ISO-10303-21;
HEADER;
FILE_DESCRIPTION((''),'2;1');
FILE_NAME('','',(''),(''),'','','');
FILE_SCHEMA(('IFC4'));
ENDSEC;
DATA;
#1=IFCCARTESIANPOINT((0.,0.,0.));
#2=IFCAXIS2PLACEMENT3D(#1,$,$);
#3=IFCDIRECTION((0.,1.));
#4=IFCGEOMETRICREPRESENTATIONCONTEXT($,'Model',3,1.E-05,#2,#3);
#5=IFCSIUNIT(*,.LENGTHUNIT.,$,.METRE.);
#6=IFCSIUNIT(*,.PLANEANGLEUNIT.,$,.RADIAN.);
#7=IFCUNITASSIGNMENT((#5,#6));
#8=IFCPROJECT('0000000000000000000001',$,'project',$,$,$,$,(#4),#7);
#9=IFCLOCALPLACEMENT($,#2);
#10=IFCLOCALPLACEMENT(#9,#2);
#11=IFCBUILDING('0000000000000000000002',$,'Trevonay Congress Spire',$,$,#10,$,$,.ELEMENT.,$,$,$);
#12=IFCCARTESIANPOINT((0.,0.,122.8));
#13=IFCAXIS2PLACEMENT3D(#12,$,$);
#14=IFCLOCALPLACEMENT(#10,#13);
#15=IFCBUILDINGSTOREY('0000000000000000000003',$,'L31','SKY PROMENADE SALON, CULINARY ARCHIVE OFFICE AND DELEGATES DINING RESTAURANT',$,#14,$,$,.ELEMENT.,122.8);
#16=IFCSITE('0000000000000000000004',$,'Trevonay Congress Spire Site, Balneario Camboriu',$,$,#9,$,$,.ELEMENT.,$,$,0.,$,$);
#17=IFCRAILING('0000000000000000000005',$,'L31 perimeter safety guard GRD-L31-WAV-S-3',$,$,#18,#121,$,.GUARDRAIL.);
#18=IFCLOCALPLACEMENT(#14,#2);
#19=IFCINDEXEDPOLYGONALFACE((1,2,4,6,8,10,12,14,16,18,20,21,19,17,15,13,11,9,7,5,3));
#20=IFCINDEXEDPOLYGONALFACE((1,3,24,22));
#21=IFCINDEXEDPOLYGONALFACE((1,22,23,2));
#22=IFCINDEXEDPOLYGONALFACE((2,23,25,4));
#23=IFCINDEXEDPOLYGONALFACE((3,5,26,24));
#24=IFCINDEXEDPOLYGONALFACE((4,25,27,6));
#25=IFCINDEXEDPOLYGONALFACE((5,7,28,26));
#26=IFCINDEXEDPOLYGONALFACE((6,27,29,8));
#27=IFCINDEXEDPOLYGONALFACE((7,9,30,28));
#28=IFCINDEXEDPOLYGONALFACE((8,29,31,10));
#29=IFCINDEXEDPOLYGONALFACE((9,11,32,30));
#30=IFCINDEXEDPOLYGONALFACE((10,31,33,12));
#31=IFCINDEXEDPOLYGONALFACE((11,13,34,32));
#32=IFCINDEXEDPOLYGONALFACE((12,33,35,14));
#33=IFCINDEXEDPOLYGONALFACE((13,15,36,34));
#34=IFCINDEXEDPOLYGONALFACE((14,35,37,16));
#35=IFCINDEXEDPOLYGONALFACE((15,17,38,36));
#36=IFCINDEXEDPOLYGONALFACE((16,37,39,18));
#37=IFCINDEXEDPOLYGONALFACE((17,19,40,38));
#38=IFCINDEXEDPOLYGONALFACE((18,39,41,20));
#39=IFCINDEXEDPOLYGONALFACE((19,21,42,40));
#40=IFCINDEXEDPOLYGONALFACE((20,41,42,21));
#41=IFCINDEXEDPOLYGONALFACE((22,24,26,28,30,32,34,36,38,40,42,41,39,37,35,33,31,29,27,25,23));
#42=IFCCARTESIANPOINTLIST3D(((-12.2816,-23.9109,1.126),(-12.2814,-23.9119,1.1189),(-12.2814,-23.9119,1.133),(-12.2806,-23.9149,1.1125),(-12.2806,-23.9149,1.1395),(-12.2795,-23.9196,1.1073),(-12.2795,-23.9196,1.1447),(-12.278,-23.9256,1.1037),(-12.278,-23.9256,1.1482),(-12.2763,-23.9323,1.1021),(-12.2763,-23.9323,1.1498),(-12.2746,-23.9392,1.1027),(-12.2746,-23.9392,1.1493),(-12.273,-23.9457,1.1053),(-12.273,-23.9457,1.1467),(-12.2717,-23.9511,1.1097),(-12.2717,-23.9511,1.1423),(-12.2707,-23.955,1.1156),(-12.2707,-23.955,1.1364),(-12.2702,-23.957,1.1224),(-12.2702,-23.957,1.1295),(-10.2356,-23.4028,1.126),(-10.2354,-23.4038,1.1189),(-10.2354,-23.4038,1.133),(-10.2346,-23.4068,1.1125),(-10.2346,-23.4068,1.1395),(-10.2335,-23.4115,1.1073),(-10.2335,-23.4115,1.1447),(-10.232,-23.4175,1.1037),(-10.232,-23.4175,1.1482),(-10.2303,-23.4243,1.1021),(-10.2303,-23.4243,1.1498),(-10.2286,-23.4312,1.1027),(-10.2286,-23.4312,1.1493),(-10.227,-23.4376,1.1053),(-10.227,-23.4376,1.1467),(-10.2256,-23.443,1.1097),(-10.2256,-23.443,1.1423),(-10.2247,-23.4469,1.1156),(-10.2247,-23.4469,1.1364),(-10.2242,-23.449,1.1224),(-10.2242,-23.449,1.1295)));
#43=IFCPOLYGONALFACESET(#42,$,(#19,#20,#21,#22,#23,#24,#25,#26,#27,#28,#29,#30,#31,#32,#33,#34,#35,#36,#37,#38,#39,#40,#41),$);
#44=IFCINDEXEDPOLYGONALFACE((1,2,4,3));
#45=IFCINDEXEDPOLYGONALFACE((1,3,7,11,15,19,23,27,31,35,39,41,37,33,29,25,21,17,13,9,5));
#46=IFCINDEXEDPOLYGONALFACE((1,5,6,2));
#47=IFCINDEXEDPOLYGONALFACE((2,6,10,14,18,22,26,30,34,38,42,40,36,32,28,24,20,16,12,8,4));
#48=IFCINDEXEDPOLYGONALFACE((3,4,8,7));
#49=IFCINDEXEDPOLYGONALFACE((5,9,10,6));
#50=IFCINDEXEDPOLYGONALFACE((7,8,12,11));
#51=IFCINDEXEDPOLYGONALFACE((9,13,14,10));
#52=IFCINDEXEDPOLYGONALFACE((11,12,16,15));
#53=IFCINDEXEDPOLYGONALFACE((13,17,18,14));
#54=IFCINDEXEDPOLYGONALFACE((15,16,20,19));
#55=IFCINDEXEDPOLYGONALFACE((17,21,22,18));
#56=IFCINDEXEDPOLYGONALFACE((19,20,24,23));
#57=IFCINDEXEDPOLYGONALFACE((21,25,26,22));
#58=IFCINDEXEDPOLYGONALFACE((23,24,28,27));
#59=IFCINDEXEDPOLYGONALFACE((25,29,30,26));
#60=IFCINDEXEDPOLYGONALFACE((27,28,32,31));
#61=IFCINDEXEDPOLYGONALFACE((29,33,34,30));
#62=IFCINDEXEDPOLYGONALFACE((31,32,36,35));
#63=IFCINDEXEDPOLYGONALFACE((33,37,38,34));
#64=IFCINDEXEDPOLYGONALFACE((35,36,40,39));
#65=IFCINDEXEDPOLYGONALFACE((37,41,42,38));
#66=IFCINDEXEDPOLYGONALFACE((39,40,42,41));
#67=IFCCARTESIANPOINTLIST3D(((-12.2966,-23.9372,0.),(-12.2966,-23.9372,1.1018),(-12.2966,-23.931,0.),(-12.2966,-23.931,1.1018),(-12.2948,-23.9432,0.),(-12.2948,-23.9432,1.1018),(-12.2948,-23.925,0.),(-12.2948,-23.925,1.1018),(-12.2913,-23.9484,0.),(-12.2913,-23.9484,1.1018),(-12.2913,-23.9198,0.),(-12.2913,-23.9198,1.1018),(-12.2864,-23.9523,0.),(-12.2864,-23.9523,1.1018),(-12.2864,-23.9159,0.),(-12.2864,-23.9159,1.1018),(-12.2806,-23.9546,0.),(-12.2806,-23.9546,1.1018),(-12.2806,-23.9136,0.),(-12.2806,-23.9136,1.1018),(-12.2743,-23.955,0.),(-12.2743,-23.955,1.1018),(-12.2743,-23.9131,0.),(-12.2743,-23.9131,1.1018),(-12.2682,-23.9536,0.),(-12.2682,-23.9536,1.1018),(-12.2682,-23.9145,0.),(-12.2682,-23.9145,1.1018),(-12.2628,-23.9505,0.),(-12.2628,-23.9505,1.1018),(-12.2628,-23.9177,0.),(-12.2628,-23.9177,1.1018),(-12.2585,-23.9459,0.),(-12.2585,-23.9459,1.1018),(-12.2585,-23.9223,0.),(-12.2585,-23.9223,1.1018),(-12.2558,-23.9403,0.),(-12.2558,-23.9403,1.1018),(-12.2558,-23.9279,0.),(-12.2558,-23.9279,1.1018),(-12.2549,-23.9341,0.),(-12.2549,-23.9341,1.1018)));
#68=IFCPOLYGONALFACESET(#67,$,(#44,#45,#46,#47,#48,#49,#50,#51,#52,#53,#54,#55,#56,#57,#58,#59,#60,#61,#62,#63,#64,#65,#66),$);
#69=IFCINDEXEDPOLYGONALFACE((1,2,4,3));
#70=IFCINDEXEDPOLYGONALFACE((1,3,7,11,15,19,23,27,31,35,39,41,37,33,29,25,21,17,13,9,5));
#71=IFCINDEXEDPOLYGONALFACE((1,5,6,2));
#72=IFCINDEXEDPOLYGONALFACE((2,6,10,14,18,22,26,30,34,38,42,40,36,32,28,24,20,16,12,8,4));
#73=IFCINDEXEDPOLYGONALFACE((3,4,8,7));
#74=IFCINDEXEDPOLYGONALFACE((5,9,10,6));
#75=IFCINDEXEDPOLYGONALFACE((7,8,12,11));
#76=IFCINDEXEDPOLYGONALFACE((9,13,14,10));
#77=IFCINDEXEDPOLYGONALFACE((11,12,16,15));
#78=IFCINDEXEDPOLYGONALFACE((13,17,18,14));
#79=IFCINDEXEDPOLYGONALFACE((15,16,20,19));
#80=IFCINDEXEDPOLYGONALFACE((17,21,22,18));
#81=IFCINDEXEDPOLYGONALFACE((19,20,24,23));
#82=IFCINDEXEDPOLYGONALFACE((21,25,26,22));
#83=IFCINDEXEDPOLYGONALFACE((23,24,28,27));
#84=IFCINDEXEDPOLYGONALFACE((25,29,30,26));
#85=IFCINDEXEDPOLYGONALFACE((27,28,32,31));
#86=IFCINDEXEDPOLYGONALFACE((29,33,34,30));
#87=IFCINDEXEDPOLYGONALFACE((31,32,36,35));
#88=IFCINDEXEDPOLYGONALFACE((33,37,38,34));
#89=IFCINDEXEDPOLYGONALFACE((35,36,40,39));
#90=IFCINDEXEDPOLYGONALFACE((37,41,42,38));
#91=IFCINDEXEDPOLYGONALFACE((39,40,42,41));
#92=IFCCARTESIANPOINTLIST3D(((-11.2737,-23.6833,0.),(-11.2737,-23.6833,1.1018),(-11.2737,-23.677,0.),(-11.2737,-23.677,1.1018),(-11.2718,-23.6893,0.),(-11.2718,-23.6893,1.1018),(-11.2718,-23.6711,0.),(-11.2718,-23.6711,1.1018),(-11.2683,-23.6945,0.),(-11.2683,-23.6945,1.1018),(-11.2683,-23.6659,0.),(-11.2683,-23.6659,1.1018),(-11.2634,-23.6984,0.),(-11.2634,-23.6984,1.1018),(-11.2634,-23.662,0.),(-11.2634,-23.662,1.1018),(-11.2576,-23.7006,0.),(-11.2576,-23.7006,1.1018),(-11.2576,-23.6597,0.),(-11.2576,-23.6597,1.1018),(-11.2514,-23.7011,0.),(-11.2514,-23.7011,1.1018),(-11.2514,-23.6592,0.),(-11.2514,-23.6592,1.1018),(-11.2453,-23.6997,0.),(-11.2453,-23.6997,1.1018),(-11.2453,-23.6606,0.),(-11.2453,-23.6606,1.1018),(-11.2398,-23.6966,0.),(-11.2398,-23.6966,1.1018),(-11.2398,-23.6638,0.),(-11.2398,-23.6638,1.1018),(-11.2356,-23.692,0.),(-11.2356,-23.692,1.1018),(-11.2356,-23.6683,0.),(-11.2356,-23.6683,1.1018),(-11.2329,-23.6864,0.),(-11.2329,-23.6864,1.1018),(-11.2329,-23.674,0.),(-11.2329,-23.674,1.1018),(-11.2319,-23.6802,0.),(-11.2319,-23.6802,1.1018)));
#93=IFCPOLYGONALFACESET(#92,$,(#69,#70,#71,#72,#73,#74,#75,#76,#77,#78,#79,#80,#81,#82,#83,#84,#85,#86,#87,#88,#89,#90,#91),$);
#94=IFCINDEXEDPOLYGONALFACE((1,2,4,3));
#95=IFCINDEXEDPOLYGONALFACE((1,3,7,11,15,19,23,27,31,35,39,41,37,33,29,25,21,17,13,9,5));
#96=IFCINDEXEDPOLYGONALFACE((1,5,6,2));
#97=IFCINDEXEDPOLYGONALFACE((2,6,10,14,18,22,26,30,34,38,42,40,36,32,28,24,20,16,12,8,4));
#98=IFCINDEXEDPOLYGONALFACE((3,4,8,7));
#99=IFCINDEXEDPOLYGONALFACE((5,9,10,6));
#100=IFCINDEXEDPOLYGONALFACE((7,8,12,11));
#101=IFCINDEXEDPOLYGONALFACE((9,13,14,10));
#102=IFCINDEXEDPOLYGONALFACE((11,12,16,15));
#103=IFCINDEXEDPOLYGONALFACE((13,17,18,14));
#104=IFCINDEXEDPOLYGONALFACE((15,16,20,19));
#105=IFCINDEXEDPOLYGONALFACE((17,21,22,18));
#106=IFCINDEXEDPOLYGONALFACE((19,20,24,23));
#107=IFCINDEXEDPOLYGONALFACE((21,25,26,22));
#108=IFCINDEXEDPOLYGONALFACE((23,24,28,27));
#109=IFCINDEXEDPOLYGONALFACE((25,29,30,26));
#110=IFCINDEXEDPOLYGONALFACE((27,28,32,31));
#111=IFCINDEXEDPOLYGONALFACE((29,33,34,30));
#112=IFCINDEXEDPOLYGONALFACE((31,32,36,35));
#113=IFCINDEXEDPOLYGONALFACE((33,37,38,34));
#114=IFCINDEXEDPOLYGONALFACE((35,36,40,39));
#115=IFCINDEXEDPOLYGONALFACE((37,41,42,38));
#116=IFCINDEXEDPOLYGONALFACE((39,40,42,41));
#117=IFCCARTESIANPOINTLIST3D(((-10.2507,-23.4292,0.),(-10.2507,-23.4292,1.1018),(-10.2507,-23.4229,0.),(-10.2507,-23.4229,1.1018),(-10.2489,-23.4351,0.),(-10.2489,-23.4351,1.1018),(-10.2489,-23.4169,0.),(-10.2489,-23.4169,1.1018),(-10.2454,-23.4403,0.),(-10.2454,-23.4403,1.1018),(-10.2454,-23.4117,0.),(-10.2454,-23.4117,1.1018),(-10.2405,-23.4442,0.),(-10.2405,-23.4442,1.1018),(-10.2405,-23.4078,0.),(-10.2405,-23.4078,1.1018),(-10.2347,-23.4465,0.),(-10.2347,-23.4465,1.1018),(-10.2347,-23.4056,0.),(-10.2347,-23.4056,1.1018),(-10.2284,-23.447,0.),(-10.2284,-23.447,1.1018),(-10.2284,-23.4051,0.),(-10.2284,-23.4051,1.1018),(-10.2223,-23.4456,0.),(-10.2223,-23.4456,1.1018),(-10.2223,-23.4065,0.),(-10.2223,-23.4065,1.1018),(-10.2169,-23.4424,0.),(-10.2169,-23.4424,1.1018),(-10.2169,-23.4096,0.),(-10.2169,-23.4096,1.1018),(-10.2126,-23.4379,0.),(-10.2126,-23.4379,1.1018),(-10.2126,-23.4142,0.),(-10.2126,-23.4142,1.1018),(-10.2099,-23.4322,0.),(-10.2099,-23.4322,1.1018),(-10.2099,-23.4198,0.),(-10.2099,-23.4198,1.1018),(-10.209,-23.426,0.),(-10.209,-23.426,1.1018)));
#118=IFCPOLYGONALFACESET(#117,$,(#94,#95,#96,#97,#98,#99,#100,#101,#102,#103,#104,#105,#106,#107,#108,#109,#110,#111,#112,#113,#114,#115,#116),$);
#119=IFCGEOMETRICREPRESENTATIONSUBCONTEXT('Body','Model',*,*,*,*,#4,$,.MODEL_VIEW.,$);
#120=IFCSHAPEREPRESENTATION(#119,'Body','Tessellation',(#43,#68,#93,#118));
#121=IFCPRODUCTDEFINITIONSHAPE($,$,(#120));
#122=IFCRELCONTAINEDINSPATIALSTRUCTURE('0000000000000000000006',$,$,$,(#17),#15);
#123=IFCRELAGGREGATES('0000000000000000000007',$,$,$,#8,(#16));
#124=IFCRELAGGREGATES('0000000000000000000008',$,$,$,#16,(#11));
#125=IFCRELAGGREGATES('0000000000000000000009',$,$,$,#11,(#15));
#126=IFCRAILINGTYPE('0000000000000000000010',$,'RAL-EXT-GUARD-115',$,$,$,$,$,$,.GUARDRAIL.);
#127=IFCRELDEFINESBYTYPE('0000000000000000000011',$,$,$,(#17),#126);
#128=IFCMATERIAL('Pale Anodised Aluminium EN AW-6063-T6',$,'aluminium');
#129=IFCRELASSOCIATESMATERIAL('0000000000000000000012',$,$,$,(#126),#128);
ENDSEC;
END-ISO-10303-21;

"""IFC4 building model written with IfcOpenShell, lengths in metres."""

from ifc_helpers import new_model, si_unit, direction, frame, origin, origin_2d, place, context, subcontext, project, spatial, circle, extrude, material, type_object, element, save


model = new_model("IFC4")

# Units and contexts
model_context = context("Model", 3, precision=1e-05, world=origin(), true_north=direction((0.0, 1.0)))
body_context = subcontext(model_context, "Body", "Model", "MODEL_VIEW")
ifc_project = project(units=[si_unit("LENGTHUNIT", "METRE"), si_unit("PLANEANGLEUNIT", "RADIAN")], contexts=[model_context])

# Site, building, storey
site_placement = place(None, origin())
site = spatial("IfcSite", under=ifc_project, at=site_placement, Name="Trevonay Congress Spire Site, Balneario Camboriu", CompositionType="ELEMENT", RefElevation=0.0)
building_placement = place(site_placement, origin())
building = spatial("IfcBuilding", under=site, at=building_placement, Name="Trevonay Congress Spire", CompositionType="ELEMENT")
storey_placement = place(building_placement, frame((0.0, 0.0, 122.8)))
storey = spatial("IfcBuildingStorey", under=building, at=storey_placement, Name="L31", Description="SKY PROMENADE SALON, CULINARY ARCHIVE OFFICE AND DELEGATES DINING RESTAURANT", CompositionType="ELEMENT", Elevation=122.8)

# Shared definitions
ifc_material_1 = material(Name="Pale Anodised Aluminium EN AW-6063-T6", Category="aluminium")

# Railing
railing_type = type_object("IfcRailingType", Name="RAL-EXT-GUARD-115", PredefinedType="GUARDRAIL", material=ifc_material_1)
railing_1_placement = place(storey_placement, frame((-12.2759, -23.9341, 0.0)))
element("IfcRailing", 1, at=railing_1_placement, inside=storey, type_object=railing_type, Name="L31 perimeter safety guard GRD-L31-WAV-S-3", PredefinedType="GUARDRAIL", context=body_context, shape_type="SweptSolid", body=[
    extrude(circle(Radius=0.0239, at=origin_2d()), frame((0.0, 0.0, 1.126), z_axis=(0.970523, 0.241009, 0.0), x_axis=(-0.241009, 0.970523, 0.0)), (0.0, 0.0, 1.0), 2.1082),
    extrude(circle(Radius=0.021, at=origin_2d()), origin(), (0.0, 0.0, 1.0), 1.1018),
    extrude(circle(Radius=0.021, at=origin_2d()), frame((1.0229, 0.2539, 0.0)), (0.0, 0.0, 1.0), 1.1018),
    extrude(circle(Radius=0.021, at=origin_2d()), frame((2.0459, 0.5081, 0.0)), (0.0, 0.0, 1.0), 1.1018),
])

save(model, "model.ifc")
